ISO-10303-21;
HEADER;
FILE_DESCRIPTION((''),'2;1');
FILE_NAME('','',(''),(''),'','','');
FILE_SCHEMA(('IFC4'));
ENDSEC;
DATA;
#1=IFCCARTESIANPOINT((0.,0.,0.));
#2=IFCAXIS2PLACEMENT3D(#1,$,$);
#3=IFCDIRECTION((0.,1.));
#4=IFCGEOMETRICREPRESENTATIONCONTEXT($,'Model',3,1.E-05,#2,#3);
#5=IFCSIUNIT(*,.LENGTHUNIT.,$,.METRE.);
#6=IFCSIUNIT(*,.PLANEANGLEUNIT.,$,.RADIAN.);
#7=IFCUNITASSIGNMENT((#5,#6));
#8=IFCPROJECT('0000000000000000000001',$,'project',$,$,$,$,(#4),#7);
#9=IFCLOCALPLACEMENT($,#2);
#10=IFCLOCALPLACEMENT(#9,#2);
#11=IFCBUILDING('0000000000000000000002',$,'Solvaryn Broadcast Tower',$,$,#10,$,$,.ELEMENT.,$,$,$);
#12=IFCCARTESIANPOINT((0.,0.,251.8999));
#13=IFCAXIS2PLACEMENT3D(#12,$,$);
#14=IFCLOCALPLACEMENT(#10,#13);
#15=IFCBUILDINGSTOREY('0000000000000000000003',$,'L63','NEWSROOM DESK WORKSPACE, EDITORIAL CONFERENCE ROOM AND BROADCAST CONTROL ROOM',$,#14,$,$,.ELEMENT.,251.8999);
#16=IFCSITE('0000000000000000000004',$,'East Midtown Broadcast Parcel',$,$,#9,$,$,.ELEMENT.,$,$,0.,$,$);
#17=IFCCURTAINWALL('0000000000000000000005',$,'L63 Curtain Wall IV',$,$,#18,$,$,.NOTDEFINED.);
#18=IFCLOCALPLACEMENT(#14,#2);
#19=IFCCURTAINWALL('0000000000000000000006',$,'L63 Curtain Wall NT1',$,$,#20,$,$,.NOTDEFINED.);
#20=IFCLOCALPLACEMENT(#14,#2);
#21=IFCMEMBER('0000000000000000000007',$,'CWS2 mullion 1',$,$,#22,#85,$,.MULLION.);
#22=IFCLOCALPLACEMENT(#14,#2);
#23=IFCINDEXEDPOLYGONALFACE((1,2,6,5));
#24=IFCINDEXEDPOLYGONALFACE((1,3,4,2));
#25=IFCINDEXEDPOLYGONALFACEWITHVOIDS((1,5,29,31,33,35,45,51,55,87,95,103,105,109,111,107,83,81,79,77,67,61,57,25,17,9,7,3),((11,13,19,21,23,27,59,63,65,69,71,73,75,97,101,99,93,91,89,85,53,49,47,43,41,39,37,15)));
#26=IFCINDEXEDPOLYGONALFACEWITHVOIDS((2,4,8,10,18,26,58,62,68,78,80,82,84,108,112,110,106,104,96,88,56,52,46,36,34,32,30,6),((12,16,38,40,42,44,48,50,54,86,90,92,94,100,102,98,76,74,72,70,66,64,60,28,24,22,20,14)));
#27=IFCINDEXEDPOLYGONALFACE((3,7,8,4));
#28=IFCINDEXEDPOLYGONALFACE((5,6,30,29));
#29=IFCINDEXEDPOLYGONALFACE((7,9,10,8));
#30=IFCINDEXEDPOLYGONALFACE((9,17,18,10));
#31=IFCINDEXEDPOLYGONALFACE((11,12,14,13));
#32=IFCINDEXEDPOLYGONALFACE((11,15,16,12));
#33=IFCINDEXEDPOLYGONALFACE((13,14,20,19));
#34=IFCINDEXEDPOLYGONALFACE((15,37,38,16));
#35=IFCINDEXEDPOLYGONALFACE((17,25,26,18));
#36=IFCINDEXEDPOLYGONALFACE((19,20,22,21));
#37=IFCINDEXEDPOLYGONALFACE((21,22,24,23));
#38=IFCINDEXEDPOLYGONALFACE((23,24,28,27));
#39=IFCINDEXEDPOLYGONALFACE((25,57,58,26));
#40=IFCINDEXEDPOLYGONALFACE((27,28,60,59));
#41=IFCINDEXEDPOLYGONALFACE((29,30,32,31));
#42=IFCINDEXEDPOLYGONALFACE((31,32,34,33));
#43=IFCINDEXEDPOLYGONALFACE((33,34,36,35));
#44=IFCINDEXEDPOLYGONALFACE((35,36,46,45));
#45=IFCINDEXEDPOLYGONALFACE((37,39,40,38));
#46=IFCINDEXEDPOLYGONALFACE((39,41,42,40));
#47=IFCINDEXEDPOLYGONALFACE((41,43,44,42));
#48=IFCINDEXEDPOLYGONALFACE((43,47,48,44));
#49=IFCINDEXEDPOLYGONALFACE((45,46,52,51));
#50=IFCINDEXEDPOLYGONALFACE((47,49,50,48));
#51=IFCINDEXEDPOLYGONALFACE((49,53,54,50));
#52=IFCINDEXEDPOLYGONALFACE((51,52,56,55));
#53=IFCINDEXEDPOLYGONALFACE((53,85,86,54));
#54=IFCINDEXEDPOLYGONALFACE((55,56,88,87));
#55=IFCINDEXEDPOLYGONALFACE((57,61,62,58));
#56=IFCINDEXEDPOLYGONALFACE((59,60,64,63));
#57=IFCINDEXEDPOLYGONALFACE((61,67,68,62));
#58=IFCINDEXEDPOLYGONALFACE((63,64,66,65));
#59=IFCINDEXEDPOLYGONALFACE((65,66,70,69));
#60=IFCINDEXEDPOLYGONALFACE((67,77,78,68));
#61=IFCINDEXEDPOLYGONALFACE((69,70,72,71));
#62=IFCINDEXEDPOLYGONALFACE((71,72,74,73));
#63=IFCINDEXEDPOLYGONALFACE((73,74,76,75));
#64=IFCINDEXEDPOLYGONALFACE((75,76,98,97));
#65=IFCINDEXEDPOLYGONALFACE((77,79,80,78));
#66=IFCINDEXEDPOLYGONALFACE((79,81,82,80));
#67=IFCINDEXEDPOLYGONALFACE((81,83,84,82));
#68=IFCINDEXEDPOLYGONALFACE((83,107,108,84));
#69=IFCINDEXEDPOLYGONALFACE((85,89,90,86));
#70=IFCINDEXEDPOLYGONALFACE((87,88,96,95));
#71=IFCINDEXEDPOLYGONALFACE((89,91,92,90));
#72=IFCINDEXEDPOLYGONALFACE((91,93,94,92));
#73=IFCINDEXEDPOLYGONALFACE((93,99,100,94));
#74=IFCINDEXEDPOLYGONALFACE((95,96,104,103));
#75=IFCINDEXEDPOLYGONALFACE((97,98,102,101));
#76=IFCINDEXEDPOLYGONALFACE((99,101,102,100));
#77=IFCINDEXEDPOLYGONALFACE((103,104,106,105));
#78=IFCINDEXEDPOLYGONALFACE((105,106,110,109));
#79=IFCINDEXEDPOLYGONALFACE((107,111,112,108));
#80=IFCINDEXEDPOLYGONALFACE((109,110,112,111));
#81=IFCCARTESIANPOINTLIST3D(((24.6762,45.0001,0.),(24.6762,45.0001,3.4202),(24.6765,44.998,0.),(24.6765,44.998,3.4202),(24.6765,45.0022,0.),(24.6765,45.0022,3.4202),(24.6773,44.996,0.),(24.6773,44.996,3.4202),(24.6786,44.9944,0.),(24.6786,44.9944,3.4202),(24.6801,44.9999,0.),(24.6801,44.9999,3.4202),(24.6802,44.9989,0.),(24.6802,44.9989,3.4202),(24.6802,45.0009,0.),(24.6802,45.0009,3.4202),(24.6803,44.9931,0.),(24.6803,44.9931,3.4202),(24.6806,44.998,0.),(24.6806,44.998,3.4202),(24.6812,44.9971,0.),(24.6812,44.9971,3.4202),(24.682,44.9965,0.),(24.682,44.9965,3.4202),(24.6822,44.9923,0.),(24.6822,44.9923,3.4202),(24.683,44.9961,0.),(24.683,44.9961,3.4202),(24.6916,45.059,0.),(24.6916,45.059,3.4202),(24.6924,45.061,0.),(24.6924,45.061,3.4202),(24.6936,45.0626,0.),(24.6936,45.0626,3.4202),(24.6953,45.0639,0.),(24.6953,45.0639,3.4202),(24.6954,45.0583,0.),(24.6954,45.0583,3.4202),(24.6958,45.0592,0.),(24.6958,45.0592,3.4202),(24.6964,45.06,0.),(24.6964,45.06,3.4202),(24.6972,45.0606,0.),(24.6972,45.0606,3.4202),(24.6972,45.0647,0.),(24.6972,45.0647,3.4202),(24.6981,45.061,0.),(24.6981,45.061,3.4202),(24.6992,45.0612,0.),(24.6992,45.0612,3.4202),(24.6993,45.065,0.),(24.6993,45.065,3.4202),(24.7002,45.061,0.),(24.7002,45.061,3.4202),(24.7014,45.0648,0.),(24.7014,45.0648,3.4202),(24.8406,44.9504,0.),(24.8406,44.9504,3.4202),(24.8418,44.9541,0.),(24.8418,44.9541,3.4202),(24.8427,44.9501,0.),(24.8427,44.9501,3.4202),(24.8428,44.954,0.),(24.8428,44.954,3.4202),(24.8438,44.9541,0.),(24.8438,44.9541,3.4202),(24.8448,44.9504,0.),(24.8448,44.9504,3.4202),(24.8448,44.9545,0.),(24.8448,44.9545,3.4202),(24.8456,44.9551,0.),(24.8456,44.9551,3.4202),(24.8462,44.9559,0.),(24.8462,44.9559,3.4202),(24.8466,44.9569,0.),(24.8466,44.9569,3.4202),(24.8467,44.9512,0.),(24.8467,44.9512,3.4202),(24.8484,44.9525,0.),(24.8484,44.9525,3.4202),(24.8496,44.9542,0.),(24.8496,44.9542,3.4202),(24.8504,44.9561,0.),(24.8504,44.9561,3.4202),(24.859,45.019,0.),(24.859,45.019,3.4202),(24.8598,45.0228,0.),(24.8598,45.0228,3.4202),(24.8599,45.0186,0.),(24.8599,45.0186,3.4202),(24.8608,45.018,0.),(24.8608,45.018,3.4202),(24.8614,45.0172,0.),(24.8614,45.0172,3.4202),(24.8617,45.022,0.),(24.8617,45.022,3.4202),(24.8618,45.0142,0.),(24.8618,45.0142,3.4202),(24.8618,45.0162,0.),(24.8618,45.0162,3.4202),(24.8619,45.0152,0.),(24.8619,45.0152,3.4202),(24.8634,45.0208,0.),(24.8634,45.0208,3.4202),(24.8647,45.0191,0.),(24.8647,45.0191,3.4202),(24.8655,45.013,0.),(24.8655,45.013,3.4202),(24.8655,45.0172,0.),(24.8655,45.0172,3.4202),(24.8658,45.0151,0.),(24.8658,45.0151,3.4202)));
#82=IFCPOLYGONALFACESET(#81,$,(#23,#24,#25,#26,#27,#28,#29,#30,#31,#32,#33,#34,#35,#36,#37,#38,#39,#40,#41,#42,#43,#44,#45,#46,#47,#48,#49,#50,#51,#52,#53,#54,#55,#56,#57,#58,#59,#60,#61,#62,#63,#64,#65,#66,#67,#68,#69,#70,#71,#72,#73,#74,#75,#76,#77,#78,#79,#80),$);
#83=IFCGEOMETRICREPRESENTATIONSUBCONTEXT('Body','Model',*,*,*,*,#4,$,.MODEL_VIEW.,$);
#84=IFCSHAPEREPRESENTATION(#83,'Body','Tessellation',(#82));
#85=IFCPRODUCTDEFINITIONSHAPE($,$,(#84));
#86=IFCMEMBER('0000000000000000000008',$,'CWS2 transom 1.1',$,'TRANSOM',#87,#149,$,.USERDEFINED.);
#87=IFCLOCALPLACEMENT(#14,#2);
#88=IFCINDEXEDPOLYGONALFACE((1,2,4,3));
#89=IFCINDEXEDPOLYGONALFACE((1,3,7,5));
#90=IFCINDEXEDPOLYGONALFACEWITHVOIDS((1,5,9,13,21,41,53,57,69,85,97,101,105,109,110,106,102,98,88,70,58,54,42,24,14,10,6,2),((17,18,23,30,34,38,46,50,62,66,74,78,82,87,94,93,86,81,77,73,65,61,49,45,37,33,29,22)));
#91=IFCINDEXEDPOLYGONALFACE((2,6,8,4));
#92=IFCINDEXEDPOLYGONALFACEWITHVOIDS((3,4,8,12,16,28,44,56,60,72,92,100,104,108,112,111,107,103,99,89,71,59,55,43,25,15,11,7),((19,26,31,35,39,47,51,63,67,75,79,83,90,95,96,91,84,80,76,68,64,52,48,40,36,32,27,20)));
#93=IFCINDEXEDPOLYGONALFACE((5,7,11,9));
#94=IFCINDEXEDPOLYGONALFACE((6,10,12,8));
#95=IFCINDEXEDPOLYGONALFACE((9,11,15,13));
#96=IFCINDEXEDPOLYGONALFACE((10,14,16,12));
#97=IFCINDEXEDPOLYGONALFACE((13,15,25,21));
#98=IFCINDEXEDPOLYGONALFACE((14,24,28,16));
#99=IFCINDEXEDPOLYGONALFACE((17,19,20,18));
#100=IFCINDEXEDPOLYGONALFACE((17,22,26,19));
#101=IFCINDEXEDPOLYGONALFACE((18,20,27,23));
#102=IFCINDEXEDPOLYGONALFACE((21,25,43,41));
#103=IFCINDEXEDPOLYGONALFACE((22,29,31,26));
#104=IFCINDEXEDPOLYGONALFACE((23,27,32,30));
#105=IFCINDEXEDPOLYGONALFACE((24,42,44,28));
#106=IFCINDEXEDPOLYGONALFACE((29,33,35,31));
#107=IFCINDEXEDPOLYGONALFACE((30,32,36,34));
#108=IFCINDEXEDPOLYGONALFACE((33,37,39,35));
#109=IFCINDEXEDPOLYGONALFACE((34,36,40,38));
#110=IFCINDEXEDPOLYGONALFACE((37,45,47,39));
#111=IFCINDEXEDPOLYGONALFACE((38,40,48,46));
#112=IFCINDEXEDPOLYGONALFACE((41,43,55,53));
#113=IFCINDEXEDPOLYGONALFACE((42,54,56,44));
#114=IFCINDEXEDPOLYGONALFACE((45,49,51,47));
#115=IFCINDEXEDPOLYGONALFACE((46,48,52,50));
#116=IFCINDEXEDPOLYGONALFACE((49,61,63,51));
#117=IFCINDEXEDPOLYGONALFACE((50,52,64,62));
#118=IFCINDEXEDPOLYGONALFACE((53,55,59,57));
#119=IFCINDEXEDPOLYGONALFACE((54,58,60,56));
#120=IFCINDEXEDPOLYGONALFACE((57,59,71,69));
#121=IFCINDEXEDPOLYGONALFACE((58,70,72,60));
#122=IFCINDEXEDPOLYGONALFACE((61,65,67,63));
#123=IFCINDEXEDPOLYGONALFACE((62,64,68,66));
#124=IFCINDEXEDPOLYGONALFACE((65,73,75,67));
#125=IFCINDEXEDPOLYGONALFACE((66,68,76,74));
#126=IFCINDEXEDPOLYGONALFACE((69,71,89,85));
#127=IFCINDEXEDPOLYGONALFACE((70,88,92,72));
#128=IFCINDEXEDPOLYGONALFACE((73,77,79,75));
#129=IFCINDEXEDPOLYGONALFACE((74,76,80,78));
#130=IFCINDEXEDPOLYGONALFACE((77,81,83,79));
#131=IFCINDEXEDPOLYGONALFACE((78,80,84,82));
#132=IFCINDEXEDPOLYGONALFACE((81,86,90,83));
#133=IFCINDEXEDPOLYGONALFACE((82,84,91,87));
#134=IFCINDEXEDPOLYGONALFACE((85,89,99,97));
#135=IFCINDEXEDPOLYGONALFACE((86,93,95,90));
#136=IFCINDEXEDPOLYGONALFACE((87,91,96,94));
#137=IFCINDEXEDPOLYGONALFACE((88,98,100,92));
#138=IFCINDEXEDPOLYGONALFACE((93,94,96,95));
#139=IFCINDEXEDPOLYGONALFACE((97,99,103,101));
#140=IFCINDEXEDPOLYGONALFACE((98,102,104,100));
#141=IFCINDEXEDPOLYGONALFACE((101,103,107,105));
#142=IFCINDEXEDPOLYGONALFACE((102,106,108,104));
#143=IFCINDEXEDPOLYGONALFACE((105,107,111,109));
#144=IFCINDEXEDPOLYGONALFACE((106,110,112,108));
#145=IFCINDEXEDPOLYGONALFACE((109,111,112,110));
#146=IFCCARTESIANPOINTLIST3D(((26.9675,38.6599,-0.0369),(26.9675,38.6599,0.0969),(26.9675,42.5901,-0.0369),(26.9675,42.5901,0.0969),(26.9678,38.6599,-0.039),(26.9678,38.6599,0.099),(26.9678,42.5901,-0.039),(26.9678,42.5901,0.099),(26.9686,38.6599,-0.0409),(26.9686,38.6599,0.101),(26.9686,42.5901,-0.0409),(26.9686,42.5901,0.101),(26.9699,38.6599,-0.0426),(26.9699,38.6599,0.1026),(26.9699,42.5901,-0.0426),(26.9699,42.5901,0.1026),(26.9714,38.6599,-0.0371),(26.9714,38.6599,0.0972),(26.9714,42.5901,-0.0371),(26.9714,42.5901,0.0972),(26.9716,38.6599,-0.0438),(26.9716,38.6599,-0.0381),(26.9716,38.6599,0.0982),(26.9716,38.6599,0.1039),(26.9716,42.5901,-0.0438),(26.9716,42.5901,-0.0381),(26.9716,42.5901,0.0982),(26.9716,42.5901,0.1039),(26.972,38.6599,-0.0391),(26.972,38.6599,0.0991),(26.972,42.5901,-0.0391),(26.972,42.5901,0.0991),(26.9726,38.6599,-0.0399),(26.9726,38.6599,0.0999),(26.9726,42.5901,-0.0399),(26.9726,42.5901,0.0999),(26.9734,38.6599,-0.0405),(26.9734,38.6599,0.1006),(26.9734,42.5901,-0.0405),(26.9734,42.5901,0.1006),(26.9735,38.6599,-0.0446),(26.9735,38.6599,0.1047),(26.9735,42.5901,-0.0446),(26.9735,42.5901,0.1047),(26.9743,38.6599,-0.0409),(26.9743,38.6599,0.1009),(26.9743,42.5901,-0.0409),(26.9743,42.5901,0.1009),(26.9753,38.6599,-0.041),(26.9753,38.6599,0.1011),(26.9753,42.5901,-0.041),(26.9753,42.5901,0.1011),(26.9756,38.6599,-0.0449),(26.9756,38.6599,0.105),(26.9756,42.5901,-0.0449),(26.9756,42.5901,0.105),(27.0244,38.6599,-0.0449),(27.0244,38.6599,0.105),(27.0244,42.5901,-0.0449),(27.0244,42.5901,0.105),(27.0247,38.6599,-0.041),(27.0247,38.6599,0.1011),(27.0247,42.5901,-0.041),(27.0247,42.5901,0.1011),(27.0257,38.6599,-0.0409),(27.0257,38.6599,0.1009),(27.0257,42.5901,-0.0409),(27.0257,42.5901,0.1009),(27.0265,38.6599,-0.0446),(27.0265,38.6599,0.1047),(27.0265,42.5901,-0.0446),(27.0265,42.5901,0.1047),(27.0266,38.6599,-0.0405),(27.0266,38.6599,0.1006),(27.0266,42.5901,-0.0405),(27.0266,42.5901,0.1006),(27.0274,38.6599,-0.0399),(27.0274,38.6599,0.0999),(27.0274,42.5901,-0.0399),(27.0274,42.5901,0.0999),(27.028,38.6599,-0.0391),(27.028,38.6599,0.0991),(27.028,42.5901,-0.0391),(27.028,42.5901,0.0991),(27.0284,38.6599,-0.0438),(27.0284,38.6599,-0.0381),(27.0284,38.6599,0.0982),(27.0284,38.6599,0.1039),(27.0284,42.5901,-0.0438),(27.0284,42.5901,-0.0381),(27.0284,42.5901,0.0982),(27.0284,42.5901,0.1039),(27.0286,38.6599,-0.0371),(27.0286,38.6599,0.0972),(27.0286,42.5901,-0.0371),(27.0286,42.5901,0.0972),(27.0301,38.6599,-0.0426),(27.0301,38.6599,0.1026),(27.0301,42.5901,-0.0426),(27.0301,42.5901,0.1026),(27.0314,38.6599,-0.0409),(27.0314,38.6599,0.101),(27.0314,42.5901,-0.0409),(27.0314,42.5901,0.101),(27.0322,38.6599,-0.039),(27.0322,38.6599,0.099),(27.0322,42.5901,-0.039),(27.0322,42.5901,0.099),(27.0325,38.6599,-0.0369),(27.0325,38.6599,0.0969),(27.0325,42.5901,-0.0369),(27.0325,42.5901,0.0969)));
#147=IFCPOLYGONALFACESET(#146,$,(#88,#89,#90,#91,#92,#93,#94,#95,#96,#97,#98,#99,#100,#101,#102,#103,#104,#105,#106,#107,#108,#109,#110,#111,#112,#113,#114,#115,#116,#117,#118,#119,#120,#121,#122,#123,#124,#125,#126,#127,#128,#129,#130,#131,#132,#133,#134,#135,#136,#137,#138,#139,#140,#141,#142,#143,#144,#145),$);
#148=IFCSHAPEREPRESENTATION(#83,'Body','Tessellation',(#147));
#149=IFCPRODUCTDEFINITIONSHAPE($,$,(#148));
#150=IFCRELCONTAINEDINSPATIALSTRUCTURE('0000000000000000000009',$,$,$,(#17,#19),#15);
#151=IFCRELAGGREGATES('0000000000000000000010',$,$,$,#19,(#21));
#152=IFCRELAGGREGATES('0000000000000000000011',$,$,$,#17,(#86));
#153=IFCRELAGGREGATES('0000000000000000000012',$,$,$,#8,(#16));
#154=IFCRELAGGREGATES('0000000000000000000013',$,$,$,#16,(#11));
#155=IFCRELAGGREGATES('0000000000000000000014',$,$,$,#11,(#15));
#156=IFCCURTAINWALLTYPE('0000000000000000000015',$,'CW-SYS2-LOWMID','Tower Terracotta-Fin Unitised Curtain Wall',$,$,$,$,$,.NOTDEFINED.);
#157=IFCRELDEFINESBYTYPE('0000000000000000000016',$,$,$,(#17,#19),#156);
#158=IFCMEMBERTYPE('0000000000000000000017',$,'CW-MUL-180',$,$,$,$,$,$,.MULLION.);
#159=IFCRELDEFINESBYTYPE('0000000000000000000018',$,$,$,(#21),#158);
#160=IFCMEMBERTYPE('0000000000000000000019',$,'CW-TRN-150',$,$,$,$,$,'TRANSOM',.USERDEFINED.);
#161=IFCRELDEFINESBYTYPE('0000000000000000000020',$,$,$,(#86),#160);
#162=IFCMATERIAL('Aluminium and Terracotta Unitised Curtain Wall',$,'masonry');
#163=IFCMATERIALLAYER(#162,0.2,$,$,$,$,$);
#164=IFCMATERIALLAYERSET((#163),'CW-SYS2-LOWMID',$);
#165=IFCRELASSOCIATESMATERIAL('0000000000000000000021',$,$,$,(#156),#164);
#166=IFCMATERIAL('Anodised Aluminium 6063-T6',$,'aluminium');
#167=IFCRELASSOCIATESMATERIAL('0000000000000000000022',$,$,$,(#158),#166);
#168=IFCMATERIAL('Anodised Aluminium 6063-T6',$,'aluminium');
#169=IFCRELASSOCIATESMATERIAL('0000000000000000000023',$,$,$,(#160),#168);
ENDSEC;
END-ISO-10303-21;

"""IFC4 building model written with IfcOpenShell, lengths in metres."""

from ifc_helpers import new_model, si_unit, direction, frame, origin, origin_2d, place, context, subcontext, project, spatial, hollow_rectangle, extrude, material, layer, layer_set, material_profile, profile_set, type_object, element, aggregate, save


model = new_model("IFC4")

# Units and contexts
model_context = context("Model", 3, precision=1e-05, world=origin(), true_north=direction((0.0, 1.0)))
body_context = subcontext(model_context, "Body", "Model", "MODEL_VIEW")
ifc_project = project(units=[si_unit("LENGTHUNIT", "METRE"), si_unit("PLANEANGLEUNIT", "RADIAN")], contexts=[model_context])

# Site, building, storey
site_placement = place(None, origin())
site = spatial("IfcSite", under=ifc_project, at=site_placement, Name="East Midtown Broadcast Parcel", CompositionType="ELEMENT", RefElevation=0.0)
building_placement = place(site_placement, origin())
building = spatial("IfcBuilding", under=site, at=building_placement, Name="Solvaryn Broadcast Tower", CompositionType="ELEMENT")
storey_placement = place(building_placement, frame((0.0, 0.0, 251.8999)))
storey = spatial("IfcBuildingStorey", under=building, at=storey_placement, Name="L63", Description="NEWSROOM DESK WORKSPACE, EDITORIAL CONFERENCE ROOM AND BROADCAST CONTROL ROOM", CompositionType="ELEMENT", Elevation=251.8999)

# Curtain wall
ifc_material_1 = material(Name="Aluminium and Terracotta Unitised Curtain Wall", Category="masonry")
ifc_layer_1 = layer(ifc_material_1, 0.2)
ifc_layer_set_1 = layer_set([ifc_layer_1], Name="CW-SYS2-LOWMID")
curtain_wall_type = type_object("IfcCurtainWallType", Name="CW-SYS2-LOWMID", Description="Tower Terracotta-Fin Unitised Curtain Wall", PredefinedType="NOTDEFINED", material=ifc_layer_set_1)
curtain_wall_1_placement = place(storey_placement, origin())
curtain_wall_1 = element("IfcCurtainWall", 1, at=curtain_wall_1_placement, inside=storey, type_object=curtain_wall_type, Name="L63 Curtain Wall IV", PredefinedType="NOTDEFINED")
ifc_material_2 = material(Name="Anodised Aluminium 6063-T6", Category="aluminium")
ifc_material_profile_1 = material_profile(ifc_material_2, hollow_rectangle(XDim=0.075, YDim=0.1799, WallThickness=0.0039, InnerFilletRadius=0.0039, OuterFilletRadius=0.0081, at=origin_2d()))
ifc_profile_set_1 = profile_set([ifc_material_profile_1], Name="Anodised Aluminium 6063-T6")
member_type_1 = type_object("IfcMemberType", Name="CW-MUL-180", PredefinedType="MULLION", material=ifc_profile_set_1)

# Curtain wall, member
curtain_wall_2_placement = place(storey_placement, origin())
curtain_wall_2 = element("IfcCurtainWall", 2, at=curtain_wall_2_placement, inside=storey, type_object=curtain_wall_type, Name="L63 Curtain Wall NT1", PredefinedType="NOTDEFINED")
member_1_placement = place(storey_placement, frame((24.771, 45.0076, 0.0), z_axis=(0.0, 0.0, 1.0), x_axis=(-0.255893, -0.966705, 0.0)))
member_1 = element("IfcMember", 3, at=member_1_placement, type_object=member_type_1, Name="CWS2 mullion 1", PredefinedType="MULLION", context=body_context, shape_type="SweptSolid", body=[
    extrude(hollow_rectangle(XDim=0.075, YDim=0.1799, WallThickness=0.0039, InnerFilletRadius=0.0039, OuterFilletRadius=0.0081, at=origin_2d()), origin(), (0.0, 0.0, 1.0), 3.4202),
])

# Member
ifc_material_3 = material(Name="Anodised Aluminium 6063-T6", Category="aluminium")
ifc_material_profile_2 = material_profile(ifc_material_3, hollow_rectangle(XDim=0.0649, YDim=0.1499, WallThickness=0.0039, InnerFilletRadius=0.0039, OuterFilletRadius=0.0081, at=origin_2d()))
ifc_profile_set_2 = profile_set([ifc_material_profile_2], Name="Anodised Aluminium 6063-T6")
member_type_2 = type_object("IfcMemberType", Name="CW-TRN-150", ElementType="TRANSOM", PredefinedType="USERDEFINED", material=ifc_profile_set_2)
member_2_placement = place(storey_placement, frame((27.0, 42.5901, 0.03), z_axis=(0.0, -1.0, 0.0), x_axis=(1.0, 0.0, 0.0)))
member_2 = element("IfcMember", 4, at=member_2_placement, type_object=member_type_2, Name="CWS2 transom 1.1", ObjectType="TRANSOM", PredefinedType="USERDEFINED", context=body_context, shape_type="SweptSolid", body=[
    extrude(hollow_rectangle(XDim=0.0649, YDim=0.1499, WallThickness=0.0039, InnerFilletRadius=0.0039, OuterFilletRadius=0.0081, at=origin_2d()), origin(), (0.0, 0.0, 1.0), 3.9302),
])
aggregate(curtain_wall_2, [member_1])

aggregate(curtain_wall_1, [member_2])

save(model, "model.ifc")
